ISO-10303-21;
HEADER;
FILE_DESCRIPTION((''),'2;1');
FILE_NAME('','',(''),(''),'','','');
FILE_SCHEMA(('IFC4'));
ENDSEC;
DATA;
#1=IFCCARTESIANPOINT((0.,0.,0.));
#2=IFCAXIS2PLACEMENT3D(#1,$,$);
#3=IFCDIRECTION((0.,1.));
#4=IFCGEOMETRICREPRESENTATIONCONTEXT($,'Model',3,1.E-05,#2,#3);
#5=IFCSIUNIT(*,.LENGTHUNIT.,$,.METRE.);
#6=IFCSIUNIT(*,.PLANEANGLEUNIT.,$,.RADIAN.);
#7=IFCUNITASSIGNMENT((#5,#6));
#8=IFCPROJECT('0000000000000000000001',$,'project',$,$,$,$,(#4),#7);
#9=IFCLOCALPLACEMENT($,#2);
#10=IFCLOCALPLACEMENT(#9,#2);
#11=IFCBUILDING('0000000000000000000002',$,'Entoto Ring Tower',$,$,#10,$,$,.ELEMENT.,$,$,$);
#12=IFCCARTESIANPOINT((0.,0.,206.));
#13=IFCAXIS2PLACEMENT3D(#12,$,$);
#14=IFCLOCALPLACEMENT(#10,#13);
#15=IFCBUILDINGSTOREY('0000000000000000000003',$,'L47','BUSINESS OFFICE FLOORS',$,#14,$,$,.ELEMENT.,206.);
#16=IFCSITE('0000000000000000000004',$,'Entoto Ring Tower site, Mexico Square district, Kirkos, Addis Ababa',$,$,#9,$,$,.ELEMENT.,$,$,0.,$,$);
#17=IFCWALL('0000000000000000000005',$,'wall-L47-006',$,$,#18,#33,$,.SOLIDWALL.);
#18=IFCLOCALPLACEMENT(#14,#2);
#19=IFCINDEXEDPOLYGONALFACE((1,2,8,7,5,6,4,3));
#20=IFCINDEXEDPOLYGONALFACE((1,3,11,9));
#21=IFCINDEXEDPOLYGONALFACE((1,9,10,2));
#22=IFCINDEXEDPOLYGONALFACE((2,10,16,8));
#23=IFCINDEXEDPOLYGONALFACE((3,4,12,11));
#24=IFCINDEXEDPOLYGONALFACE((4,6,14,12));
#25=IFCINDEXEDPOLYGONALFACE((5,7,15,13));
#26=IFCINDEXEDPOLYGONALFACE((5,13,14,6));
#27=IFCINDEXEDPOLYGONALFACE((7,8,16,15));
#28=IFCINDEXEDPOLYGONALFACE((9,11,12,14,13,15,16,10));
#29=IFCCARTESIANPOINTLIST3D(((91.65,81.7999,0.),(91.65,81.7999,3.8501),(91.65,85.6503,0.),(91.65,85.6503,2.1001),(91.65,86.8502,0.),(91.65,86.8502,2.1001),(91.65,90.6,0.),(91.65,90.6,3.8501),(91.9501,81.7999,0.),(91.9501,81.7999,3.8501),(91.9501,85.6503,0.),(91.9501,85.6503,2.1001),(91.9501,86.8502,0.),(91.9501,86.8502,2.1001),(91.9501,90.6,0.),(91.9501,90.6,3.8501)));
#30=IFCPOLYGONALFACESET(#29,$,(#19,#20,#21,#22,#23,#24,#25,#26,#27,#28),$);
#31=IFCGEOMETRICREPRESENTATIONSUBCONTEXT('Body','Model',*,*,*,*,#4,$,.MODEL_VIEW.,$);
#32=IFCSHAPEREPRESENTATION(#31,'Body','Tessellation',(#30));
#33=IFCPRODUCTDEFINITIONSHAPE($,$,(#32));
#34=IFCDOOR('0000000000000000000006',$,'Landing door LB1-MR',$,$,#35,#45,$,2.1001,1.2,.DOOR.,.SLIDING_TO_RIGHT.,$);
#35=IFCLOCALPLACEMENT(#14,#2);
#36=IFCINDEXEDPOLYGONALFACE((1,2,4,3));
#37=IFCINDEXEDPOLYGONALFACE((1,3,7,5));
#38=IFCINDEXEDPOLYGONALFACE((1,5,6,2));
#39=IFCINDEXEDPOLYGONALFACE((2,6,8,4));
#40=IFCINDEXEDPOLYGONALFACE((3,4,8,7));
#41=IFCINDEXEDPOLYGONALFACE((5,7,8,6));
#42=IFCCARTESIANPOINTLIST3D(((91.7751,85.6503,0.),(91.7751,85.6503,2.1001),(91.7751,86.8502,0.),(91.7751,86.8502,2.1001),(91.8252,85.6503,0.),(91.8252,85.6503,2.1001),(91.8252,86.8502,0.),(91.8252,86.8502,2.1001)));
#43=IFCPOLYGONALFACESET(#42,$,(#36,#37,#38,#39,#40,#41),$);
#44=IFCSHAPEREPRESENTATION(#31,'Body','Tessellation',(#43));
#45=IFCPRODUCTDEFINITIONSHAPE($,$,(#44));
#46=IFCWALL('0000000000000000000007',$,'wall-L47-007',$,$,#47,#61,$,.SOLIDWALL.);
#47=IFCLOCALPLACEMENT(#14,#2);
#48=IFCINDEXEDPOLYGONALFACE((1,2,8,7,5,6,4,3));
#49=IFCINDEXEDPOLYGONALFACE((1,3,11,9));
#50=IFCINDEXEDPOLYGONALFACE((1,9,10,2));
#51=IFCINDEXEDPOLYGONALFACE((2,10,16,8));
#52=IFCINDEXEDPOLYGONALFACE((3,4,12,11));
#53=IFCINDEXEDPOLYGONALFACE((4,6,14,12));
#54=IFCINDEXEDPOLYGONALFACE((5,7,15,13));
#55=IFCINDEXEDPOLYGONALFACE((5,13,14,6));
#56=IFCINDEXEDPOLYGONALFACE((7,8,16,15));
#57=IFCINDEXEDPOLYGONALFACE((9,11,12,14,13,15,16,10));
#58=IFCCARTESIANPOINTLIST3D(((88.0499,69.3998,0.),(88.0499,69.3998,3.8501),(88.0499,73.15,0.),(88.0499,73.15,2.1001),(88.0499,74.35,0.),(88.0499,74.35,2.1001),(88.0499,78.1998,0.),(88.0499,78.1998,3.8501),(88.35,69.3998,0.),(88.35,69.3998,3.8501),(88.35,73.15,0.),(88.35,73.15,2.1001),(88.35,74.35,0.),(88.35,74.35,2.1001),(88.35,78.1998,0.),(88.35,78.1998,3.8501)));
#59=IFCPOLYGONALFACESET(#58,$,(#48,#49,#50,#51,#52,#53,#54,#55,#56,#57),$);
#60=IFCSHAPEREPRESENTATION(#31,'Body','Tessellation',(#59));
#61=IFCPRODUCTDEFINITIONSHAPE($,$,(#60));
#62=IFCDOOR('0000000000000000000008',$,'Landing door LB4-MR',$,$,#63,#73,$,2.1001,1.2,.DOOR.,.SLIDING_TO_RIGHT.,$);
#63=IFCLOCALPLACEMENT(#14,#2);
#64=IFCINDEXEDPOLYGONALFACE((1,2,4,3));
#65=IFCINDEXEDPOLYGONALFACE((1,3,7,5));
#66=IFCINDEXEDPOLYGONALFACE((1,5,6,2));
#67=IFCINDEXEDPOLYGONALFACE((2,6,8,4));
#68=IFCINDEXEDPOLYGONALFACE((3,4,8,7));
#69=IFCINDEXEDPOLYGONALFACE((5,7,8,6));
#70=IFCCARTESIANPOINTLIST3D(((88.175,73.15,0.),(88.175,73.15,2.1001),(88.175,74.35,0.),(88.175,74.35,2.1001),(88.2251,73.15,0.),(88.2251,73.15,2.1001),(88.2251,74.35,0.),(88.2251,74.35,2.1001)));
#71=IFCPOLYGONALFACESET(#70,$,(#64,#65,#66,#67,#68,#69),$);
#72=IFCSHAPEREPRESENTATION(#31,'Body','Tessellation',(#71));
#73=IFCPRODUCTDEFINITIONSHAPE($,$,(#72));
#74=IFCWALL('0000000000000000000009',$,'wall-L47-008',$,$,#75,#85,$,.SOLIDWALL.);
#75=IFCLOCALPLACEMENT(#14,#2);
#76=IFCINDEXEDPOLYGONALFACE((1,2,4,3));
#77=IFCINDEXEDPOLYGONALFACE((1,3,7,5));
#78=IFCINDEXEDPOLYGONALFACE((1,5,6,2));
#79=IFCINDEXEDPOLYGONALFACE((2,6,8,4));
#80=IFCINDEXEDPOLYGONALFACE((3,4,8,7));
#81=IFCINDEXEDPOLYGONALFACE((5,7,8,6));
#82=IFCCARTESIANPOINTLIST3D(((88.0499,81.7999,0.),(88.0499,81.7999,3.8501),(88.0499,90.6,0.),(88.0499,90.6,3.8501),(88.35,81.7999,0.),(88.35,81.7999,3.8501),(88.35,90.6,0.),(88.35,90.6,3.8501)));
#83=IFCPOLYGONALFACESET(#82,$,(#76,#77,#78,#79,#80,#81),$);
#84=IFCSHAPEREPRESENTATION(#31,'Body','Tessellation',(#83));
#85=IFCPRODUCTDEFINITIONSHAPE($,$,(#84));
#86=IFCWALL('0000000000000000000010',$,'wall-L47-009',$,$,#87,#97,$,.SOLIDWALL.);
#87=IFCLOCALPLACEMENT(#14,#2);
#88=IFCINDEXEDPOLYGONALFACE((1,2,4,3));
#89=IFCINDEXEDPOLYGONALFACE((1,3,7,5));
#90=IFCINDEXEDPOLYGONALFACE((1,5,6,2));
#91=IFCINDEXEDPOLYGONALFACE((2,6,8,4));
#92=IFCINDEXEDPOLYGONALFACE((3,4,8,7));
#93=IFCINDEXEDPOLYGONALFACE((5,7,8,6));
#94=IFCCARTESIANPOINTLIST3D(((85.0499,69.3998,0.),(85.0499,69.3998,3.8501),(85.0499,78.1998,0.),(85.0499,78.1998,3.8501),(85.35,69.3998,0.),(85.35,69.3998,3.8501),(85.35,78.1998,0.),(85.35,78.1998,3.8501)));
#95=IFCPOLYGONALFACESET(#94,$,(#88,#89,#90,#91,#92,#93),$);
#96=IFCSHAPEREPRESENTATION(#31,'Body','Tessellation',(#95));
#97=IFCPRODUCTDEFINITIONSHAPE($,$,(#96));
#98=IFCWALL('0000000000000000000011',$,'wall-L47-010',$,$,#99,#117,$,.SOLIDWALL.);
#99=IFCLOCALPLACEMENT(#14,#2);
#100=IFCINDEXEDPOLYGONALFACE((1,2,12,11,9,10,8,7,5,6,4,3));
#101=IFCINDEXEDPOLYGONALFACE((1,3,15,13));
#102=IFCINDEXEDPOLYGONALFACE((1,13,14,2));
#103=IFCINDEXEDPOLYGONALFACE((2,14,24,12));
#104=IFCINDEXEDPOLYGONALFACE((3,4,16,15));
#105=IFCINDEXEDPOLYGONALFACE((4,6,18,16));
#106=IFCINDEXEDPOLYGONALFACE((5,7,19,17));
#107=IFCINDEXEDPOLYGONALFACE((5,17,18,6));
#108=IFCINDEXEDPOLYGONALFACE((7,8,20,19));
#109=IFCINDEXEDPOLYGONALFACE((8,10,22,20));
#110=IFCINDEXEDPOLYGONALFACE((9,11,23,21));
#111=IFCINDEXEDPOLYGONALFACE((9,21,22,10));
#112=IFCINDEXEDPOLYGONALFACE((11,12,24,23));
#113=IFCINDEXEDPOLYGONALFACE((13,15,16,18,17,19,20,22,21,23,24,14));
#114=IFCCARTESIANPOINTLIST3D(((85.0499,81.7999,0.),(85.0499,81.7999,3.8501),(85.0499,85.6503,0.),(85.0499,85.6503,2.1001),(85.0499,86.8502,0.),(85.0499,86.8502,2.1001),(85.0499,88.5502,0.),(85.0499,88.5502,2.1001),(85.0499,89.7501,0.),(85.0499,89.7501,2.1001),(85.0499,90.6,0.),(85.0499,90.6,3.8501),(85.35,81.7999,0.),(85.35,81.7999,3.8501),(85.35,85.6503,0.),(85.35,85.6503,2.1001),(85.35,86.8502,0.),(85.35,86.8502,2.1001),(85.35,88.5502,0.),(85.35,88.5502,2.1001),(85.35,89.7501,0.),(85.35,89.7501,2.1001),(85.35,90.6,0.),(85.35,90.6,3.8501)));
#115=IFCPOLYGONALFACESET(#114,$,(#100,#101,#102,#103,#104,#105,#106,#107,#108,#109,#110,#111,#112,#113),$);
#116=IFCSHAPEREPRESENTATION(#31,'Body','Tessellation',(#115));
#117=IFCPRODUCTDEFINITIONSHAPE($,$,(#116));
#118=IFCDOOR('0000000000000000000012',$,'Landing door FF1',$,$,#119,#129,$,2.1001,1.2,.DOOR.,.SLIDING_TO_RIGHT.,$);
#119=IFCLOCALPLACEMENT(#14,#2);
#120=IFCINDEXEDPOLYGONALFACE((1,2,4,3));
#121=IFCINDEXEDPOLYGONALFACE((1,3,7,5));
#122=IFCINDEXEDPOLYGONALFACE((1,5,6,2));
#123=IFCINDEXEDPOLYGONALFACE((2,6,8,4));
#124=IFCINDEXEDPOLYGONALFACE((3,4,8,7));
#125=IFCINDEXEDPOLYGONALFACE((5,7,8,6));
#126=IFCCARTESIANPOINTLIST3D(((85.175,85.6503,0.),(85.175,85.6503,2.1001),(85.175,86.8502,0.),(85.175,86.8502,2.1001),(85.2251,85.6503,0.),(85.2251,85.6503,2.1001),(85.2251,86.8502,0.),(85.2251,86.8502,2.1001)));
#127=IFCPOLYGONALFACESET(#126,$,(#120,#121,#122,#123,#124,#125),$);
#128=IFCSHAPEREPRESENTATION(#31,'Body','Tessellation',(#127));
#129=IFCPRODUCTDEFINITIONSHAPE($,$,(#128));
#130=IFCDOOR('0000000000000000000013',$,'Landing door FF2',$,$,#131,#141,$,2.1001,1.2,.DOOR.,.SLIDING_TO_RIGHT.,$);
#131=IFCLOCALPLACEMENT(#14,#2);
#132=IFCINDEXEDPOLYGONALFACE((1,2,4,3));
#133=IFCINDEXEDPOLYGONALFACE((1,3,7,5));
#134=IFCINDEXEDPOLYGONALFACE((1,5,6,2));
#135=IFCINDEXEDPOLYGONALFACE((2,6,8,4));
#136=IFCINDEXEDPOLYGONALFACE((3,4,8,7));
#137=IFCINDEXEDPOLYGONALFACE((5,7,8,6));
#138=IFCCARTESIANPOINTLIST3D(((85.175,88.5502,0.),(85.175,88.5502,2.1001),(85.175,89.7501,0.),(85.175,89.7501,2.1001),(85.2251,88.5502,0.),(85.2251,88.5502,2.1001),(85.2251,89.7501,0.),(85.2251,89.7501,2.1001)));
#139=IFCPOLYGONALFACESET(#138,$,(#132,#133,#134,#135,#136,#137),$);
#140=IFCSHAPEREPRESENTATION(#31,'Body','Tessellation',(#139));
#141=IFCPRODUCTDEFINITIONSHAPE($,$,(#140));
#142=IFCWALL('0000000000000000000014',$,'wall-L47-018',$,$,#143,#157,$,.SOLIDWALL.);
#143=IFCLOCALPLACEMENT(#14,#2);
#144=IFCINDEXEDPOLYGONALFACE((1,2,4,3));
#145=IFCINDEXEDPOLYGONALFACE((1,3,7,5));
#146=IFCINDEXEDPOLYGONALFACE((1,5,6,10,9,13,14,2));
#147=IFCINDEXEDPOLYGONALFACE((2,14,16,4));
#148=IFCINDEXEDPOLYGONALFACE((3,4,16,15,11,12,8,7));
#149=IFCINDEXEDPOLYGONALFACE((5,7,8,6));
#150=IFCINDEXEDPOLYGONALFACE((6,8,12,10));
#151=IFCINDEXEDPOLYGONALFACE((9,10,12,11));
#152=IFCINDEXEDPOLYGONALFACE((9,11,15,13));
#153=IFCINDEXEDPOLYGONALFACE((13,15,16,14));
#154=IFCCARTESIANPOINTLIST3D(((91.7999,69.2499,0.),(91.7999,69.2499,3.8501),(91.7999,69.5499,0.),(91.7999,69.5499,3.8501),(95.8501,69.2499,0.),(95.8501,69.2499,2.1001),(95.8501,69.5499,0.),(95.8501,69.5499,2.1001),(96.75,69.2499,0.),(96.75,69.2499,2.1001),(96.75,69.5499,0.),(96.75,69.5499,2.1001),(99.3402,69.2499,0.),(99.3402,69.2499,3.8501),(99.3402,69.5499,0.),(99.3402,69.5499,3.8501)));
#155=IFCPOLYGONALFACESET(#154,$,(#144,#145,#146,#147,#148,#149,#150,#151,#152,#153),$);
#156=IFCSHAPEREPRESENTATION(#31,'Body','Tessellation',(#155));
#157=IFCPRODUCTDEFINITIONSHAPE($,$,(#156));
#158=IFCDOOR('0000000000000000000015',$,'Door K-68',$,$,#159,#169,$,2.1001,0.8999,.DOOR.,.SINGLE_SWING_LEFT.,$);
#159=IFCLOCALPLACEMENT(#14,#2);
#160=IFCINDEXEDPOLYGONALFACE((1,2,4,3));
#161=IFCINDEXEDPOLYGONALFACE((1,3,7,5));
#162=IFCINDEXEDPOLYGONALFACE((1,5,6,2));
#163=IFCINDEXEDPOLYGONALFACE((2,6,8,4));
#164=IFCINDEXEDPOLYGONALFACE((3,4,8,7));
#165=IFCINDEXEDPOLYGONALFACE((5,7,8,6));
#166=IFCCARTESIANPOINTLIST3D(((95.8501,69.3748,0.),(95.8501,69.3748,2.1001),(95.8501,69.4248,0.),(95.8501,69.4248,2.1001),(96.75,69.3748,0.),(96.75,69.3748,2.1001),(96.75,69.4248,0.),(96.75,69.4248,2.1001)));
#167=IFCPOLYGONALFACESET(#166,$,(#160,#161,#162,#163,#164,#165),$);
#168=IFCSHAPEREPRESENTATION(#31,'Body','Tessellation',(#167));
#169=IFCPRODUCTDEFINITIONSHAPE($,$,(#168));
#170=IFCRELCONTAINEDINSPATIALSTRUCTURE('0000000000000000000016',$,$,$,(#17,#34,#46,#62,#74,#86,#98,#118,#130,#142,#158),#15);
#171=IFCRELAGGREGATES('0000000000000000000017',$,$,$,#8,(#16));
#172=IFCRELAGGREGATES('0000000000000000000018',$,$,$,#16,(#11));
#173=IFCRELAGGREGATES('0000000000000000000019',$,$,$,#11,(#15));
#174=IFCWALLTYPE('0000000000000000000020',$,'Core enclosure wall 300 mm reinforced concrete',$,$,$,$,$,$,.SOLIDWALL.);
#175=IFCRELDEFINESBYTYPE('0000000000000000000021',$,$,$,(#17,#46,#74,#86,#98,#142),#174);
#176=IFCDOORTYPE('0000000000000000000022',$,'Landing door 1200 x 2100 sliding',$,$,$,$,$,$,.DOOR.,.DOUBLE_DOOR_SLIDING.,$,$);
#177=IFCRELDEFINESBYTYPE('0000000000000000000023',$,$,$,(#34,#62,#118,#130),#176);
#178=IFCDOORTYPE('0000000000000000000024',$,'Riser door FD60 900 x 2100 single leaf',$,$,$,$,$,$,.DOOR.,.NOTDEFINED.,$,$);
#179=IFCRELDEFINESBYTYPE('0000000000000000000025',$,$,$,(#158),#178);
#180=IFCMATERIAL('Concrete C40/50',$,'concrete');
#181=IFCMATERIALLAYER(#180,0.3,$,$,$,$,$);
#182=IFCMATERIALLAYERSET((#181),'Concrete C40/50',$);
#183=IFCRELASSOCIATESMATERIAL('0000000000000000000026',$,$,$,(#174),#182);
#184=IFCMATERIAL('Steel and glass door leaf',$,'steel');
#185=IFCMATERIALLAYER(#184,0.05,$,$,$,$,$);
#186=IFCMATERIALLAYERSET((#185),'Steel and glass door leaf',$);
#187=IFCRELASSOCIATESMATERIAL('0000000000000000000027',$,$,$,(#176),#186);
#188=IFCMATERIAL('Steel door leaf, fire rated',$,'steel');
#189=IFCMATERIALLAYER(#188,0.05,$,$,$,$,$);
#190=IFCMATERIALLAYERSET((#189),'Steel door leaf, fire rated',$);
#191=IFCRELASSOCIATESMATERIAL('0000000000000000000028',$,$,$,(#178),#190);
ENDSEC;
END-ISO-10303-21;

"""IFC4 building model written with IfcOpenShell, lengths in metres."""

from ifc_helpers import new_model, si_unit, direction, frame, frame_2d, origin, place, context, subcontext, project, spatial, rectangle, extrude, material, layer, layer_set, type_object, element, fill, save


model = new_model("IFC4")

# Units and contexts
model_context = context("Model", 3, precision=1e-05, world=origin(), true_north=direction((0.0, 1.0)))
body_context = subcontext(model_context, "Body", "Model", "MODEL_VIEW")
ifc_project = project(units=[si_unit("LENGTHUNIT", "METRE"), si_unit("PLANEANGLEUNIT", "RADIAN")], contexts=[model_context])

# Site, building, storey
site_placement = place(None, origin())
site = spatial("IfcSite", under=ifc_project, at=site_placement, Name="Entoto Ring Tower site, Mexico Square district, Kirkos, Addis Ababa", CompositionType="ELEMENT", RefElevation=0.0)
building_placement = place(site_placement, origin())
building = spatial("IfcBuilding", under=site, at=building_placement, Name="Entoto Ring Tower", CompositionType="ELEMENT")
storey_placement = place(building_placement, frame((0.0, 0.0, 206.0)))
storey = spatial("IfcBuildingStorey", under=building, at=storey_placement, Name="L47", Description="BUSINESS OFFICE FLOORS", CompositionType="ELEMENT", Elevation=206.0)

# Shared definitions
ifc_material_1 = material(Name="Concrete C40/50", Category="concrete")
ifc_layer_1 = layer(ifc_material_1, 0.3)
ifc_layer_set_1 = layer_set([ifc_layer_1], Name="Concrete C40/50")
wall_type = type_object("IfcWallType", Name="Core enclosure wall 300 mm reinforced concrete", PredefinedType="SOLIDWALL", material=ifc_layer_set_1)

# Shared definitions
ifc_material_2 = material(Name="Steel and glass door leaf", Category="steel")
ifc_layer_2 = layer(ifc_material_2, 0.05)
ifc_layer_set_2 = layer_set([ifc_layer_2], Name="Steel and glass door leaf")
door_type_1 = type_object("IfcDoorType", Name="Landing door 1200 x 2100 sliding", OperationType="DOUBLE_DOOR_SLIDING", PredefinedType="DOOR", material=ifc_layer_set_2)

# Walls, openings, doors
wall_1_placement = place(storey_placement, frame((91.8, 81.8, 0.0), z_axis=(0.0, 0.0, 1.0), x_axis=(0.0, 1.0, 0.0)))
wall_1 = element("IfcWall", 1, at=wall_1_placement, inside=storey, type_object=wall_type, Name="wall-L47-006", PredefinedType="SOLIDWALL", context=body_context, shape_type="SweptSolid", body=[
    extrude(rectangle(XDim=8.8, YDim=0.3, at=frame_2d((4.3999, 0.0))), origin(), (0.0, 0.0, 1.0), 3.8501),
])
opening_1_placement = place(wall_1_placement, frame((3.8501, 0.0, 0.0)))
opening_1 = element("IfcOpeningElement", 2, at=opening_1_placement, cuts=wall_1, PredefinedType="OPENING", context=body_context, shape_type="SweptSolid", body=[
    extrude(rectangle(XDim=1.2, YDim=2.1001, at=frame_2d((0.6001, 1.05))), frame((0.0, 0.1602, 0.0), z_axis=(0.0, -1.0, 0.0), x_axis=(1.0, 0.0, 0.0)), (0.0, 0.0, 1.0), 0.3201),
])
door_1_placement = place(opening_1_placement, origin())
door_1 = element("IfcDoor", 3, at=door_1_placement, inside=storey, type_object=door_type_1, Name="Landing door LB1-MR", OperationType="SLIDING_TO_RIGHT", OverallHeight=2.1001, OverallWidth=1.2, PredefinedType="DOOR", context=body_context, shape_type="SweptSolid", body=[
    extrude(rectangle(XDim=1.2, YDim=2.1001, at=frame_2d((0.6001, 1.05))), frame((0.0, 0.0249, 0.0), z_axis=(0.0, -1.0, 0.0), x_axis=(1.0, 0.0, 0.0)), (0.0, 0.0, 1.0), 0.05),
])
fill(opening_1, door_1)
wall_2_placement = place(storey_placement, frame((88.2, 69.3999, 0.0), z_axis=(0.0, 0.0, 1.0), x_axis=(0.0, 1.0, 0.0)))
wall_2 = element("IfcWall", 4, at=wall_2_placement, inside=storey, type_object=wall_type, Name="wall-L47-007", PredefinedType="SOLIDWALL", context=body_context, shape_type="SweptSolid", body=[
    extrude(rectangle(XDim=8.8, YDim=0.3, at=frame_2d((4.3999, 0.0))), origin(), (0.0, 0.0, 1.0), 3.8501),
])
opening_2_placement = place(wall_2_placement, frame((3.75, 0.0, 0.0)))
opening_2 = element("IfcOpeningElement", 5, at=opening_2_placement, cuts=wall_2, PredefinedType="OPENING", context=body_context, shape_type="SweptSolid", body=[
    extrude(rectangle(XDim=1.2, YDim=2.1001, at=frame_2d((0.6001, 1.05))), frame((0.0, 0.1602, 0.0), z_axis=(0.0, -1.0, 0.0), x_axis=(1.0, 0.0, 0.0)), (0.0, 0.0, 1.0), 0.3201),
])
door_2_placement = place(opening_2_placement, origin())
door_2 = element("IfcDoor", 6, at=door_2_placement, inside=storey, type_object=door_type_1, Name="Landing door LB4-MR", OperationType="SLIDING_TO_RIGHT", OverallHeight=2.1001, OverallWidth=1.2, PredefinedType="DOOR", context=body_context, shape_type="SweptSolid", body=[
    extrude(rectangle(XDim=1.2, YDim=2.1001, at=frame_2d((0.6001, 1.05))), frame((0.0, 0.0249, 0.0), z_axis=(0.0, -1.0, 0.0), x_axis=(1.0, 0.0, 0.0)), (0.0, 0.0, 1.0), 0.05),
])
fill(opening_2, door_2)

# Walls
for number, where, z_axis, x_axis, name in (
    (7, (88.2, 81.8, 0.0), (0.0, 0.0, 1.0), (0.0, 1.0, 0.0), "wall-L47-008"),
    (8, (85.2, 69.3999, 0.0), (0.0, 0.0, 1.0), (0.0, 1.0, 0.0), "wall-L47-009"),
):
    element("IfcWall", number, at=place(storey_placement, frame(where, z_axis=z_axis, x_axis=x_axis)), inside=storey, type_object=wall_type, Name=name, PredefinedType="SOLIDWALL", context=body_context, shape_type="SweptSolid", body=[
        extrude(rectangle(XDim=8.8, YDim=0.3, at=frame_2d((4.3999, 0.0))), origin(), (0.0, 0.0, 1.0), 3.8501),
    ])

# Wall, openings, doors
wall_3_placement = place(storey_placement, frame((85.2, 81.8, 0.0), z_axis=(0.0, 0.0, 1.0), x_axis=(0.0, 1.0, 0.0)))
wall_3 = element("IfcWall", 9, at=wall_3_placement, inside=storey, type_object=wall_type, Name="wall-L47-010", PredefinedType="SOLIDWALL", context=body_context, shape_type="SweptSolid", body=[
    extrude(rectangle(XDim=8.8, YDim=0.3, at=frame_2d((4.3999, 0.0))), origin(), (0.0, 0.0, 1.0), 3.8501),
])
opening_3_placement = place(wall_3_placement, frame((3.8501, 0.0, 0.0)))
opening_3 = element("IfcOpeningElement", 10, at=opening_3_placement, cuts=wall_3, PredefinedType="OPENING", context=body_context, shape_type="SweptSolid", body=[
    extrude(rectangle(XDim=1.2, YDim=2.1001, at=frame_2d((0.6001, 1.05))), frame((0.0, 0.1602, 0.0), z_axis=(0.0, -1.0, 0.0), x_axis=(1.0, 0.0, 0.0)), (0.0, 0.0, 1.0), 0.3201),
])
opening_4_placement = place(wall_3_placement, frame((6.75, 0.0, 0.0)))
opening_4 = element("IfcOpeningElement", 11, at=opening_4_placement, cuts=wall_3, PredefinedType="OPENING", context=body_context, shape_type="SweptSolid", body=[
    extrude(rectangle(XDim=1.2, YDim=2.1001, at=frame_2d((0.6001, 1.05))), frame((0.0, 0.1602, 0.0), z_axis=(0.0, -1.0, 0.0), x_axis=(1.0, 0.0, 0.0)), (0.0, 0.0, 1.0), 0.3201),
])
door_3_placement = place(opening_3_placement, origin())
door_3 = element("IfcDoor", 12, at=door_3_placement, inside=storey, type_object=door_type_1, Name="Landing door FF1", OperationType="SLIDING_TO_RIGHT", OverallHeight=2.1001, OverallWidth=1.2, PredefinedType="DOOR", context=body_context, shape_type="SweptSolid", body=[
    extrude(rectangle(XDim=1.2, YDim=2.1001, at=frame_2d((0.6001, 1.05))), frame((0.0, 0.0249, 0.0), z_axis=(0.0, -1.0, 0.0), x_axis=(1.0, 0.0, 0.0)), (0.0, 0.0, 1.0), 0.05),
])
fill(opening_3, door_3)
door_4_placement = place(opening_4_placement, origin())
door_4 = element("IfcDoor", 13, at=door_4_placement, inside=storey, type_object=door_type_1, Name="Landing door FF2", OperationType="SLIDING_TO_RIGHT", OverallHeight=2.1001, OverallWidth=1.2, PredefinedType="DOOR", context=body_context, shape_type="SweptSolid", body=[
    extrude(rectangle(XDim=1.2, YDim=2.1001, at=frame_2d((0.6001, 1.05))), frame((0.0, 0.0249, 0.0), z_axis=(0.0, -1.0, 0.0), x_axis=(1.0, 0.0, 0.0)), (0.0, 0.0, 1.0), 0.05),
])
fill(opening_4, door_4)

# Wall, opening, door
wall_4_placement = place(storey_placement, frame((91.8, 69.3999, 0.0), z_axis=(0.0, 0.0, 1.0), x_axis=(1.0, 0.0, 0.0)))
wall_4 = element("IfcWall", 14, at=wall_4_placement, inside=storey, type_object=wall_type, Name="wall-L47-018", PredefinedType="SOLIDWALL", context=body_context, shape_type="SweptSolid", body=[
    extrude(rectangle(XDim=7.5403, YDim=0.3, at=frame_2d((3.77, 0.0))), origin(), (0.0, 0.0, 1.0), 3.8501),
])
opening_5_placement = place(wall_4_placement, frame((4.05, 0.0, 0.0)))
opening_5 = element("IfcOpeningElement", 15, at=opening_5_placement, cuts=wall_4, PredefinedType="OPENING", context=body_context, shape_type="SweptSolid", body=[
    extrude(rectangle(XDim=0.8999, YDim=2.1001, at=frame_2d((0.45, 1.05))), frame((0.0, 0.1602, 0.0), z_axis=(0.0, -1.0, 0.0), x_axis=(1.0, 0.0, 0.0)), (0.0, 0.0, 1.0), 0.3201),
])
ifc_material_3 = material(Name="Steel door leaf, fire rated", Category="steel")
ifc_layer_3 = layer(ifc_material_3, 0.05)
ifc_layer_set_3 = layer_set([ifc_layer_3], Name="Steel door leaf, fire rated")
door_type_2 = type_object("IfcDoorType", Name="Riser door FD60 900 x 2100 single leaf", OperationType="NOTDEFINED", PredefinedType="DOOR", material=ifc_layer_set_3)
door_5_placement = place(opening_5_placement, origin())
door_5 = element("IfcDoor", 16, at=door_5_placement, inside=storey, type_object=door_type_2, Name="Door K-68", OperationType="SINGLE_SWING_LEFT", OverallHeight=2.1001, OverallWidth=0.8999, PredefinedType="DOOR", context=body_context, shape_type="SweptSolid", body=[
    extrude(rectangle(XDim=0.8999, YDim=2.1001, at=frame_2d((0.45, 1.05))), frame((0.0, 0.0249, 0.0), z_axis=(0.0, -1.0, 0.0), x_axis=(1.0, 0.0, 0.0)), (0.0, 0.0, 1.0), 0.05),
])
fill(opening_5, door_5)

save(model, "model.ifc")
